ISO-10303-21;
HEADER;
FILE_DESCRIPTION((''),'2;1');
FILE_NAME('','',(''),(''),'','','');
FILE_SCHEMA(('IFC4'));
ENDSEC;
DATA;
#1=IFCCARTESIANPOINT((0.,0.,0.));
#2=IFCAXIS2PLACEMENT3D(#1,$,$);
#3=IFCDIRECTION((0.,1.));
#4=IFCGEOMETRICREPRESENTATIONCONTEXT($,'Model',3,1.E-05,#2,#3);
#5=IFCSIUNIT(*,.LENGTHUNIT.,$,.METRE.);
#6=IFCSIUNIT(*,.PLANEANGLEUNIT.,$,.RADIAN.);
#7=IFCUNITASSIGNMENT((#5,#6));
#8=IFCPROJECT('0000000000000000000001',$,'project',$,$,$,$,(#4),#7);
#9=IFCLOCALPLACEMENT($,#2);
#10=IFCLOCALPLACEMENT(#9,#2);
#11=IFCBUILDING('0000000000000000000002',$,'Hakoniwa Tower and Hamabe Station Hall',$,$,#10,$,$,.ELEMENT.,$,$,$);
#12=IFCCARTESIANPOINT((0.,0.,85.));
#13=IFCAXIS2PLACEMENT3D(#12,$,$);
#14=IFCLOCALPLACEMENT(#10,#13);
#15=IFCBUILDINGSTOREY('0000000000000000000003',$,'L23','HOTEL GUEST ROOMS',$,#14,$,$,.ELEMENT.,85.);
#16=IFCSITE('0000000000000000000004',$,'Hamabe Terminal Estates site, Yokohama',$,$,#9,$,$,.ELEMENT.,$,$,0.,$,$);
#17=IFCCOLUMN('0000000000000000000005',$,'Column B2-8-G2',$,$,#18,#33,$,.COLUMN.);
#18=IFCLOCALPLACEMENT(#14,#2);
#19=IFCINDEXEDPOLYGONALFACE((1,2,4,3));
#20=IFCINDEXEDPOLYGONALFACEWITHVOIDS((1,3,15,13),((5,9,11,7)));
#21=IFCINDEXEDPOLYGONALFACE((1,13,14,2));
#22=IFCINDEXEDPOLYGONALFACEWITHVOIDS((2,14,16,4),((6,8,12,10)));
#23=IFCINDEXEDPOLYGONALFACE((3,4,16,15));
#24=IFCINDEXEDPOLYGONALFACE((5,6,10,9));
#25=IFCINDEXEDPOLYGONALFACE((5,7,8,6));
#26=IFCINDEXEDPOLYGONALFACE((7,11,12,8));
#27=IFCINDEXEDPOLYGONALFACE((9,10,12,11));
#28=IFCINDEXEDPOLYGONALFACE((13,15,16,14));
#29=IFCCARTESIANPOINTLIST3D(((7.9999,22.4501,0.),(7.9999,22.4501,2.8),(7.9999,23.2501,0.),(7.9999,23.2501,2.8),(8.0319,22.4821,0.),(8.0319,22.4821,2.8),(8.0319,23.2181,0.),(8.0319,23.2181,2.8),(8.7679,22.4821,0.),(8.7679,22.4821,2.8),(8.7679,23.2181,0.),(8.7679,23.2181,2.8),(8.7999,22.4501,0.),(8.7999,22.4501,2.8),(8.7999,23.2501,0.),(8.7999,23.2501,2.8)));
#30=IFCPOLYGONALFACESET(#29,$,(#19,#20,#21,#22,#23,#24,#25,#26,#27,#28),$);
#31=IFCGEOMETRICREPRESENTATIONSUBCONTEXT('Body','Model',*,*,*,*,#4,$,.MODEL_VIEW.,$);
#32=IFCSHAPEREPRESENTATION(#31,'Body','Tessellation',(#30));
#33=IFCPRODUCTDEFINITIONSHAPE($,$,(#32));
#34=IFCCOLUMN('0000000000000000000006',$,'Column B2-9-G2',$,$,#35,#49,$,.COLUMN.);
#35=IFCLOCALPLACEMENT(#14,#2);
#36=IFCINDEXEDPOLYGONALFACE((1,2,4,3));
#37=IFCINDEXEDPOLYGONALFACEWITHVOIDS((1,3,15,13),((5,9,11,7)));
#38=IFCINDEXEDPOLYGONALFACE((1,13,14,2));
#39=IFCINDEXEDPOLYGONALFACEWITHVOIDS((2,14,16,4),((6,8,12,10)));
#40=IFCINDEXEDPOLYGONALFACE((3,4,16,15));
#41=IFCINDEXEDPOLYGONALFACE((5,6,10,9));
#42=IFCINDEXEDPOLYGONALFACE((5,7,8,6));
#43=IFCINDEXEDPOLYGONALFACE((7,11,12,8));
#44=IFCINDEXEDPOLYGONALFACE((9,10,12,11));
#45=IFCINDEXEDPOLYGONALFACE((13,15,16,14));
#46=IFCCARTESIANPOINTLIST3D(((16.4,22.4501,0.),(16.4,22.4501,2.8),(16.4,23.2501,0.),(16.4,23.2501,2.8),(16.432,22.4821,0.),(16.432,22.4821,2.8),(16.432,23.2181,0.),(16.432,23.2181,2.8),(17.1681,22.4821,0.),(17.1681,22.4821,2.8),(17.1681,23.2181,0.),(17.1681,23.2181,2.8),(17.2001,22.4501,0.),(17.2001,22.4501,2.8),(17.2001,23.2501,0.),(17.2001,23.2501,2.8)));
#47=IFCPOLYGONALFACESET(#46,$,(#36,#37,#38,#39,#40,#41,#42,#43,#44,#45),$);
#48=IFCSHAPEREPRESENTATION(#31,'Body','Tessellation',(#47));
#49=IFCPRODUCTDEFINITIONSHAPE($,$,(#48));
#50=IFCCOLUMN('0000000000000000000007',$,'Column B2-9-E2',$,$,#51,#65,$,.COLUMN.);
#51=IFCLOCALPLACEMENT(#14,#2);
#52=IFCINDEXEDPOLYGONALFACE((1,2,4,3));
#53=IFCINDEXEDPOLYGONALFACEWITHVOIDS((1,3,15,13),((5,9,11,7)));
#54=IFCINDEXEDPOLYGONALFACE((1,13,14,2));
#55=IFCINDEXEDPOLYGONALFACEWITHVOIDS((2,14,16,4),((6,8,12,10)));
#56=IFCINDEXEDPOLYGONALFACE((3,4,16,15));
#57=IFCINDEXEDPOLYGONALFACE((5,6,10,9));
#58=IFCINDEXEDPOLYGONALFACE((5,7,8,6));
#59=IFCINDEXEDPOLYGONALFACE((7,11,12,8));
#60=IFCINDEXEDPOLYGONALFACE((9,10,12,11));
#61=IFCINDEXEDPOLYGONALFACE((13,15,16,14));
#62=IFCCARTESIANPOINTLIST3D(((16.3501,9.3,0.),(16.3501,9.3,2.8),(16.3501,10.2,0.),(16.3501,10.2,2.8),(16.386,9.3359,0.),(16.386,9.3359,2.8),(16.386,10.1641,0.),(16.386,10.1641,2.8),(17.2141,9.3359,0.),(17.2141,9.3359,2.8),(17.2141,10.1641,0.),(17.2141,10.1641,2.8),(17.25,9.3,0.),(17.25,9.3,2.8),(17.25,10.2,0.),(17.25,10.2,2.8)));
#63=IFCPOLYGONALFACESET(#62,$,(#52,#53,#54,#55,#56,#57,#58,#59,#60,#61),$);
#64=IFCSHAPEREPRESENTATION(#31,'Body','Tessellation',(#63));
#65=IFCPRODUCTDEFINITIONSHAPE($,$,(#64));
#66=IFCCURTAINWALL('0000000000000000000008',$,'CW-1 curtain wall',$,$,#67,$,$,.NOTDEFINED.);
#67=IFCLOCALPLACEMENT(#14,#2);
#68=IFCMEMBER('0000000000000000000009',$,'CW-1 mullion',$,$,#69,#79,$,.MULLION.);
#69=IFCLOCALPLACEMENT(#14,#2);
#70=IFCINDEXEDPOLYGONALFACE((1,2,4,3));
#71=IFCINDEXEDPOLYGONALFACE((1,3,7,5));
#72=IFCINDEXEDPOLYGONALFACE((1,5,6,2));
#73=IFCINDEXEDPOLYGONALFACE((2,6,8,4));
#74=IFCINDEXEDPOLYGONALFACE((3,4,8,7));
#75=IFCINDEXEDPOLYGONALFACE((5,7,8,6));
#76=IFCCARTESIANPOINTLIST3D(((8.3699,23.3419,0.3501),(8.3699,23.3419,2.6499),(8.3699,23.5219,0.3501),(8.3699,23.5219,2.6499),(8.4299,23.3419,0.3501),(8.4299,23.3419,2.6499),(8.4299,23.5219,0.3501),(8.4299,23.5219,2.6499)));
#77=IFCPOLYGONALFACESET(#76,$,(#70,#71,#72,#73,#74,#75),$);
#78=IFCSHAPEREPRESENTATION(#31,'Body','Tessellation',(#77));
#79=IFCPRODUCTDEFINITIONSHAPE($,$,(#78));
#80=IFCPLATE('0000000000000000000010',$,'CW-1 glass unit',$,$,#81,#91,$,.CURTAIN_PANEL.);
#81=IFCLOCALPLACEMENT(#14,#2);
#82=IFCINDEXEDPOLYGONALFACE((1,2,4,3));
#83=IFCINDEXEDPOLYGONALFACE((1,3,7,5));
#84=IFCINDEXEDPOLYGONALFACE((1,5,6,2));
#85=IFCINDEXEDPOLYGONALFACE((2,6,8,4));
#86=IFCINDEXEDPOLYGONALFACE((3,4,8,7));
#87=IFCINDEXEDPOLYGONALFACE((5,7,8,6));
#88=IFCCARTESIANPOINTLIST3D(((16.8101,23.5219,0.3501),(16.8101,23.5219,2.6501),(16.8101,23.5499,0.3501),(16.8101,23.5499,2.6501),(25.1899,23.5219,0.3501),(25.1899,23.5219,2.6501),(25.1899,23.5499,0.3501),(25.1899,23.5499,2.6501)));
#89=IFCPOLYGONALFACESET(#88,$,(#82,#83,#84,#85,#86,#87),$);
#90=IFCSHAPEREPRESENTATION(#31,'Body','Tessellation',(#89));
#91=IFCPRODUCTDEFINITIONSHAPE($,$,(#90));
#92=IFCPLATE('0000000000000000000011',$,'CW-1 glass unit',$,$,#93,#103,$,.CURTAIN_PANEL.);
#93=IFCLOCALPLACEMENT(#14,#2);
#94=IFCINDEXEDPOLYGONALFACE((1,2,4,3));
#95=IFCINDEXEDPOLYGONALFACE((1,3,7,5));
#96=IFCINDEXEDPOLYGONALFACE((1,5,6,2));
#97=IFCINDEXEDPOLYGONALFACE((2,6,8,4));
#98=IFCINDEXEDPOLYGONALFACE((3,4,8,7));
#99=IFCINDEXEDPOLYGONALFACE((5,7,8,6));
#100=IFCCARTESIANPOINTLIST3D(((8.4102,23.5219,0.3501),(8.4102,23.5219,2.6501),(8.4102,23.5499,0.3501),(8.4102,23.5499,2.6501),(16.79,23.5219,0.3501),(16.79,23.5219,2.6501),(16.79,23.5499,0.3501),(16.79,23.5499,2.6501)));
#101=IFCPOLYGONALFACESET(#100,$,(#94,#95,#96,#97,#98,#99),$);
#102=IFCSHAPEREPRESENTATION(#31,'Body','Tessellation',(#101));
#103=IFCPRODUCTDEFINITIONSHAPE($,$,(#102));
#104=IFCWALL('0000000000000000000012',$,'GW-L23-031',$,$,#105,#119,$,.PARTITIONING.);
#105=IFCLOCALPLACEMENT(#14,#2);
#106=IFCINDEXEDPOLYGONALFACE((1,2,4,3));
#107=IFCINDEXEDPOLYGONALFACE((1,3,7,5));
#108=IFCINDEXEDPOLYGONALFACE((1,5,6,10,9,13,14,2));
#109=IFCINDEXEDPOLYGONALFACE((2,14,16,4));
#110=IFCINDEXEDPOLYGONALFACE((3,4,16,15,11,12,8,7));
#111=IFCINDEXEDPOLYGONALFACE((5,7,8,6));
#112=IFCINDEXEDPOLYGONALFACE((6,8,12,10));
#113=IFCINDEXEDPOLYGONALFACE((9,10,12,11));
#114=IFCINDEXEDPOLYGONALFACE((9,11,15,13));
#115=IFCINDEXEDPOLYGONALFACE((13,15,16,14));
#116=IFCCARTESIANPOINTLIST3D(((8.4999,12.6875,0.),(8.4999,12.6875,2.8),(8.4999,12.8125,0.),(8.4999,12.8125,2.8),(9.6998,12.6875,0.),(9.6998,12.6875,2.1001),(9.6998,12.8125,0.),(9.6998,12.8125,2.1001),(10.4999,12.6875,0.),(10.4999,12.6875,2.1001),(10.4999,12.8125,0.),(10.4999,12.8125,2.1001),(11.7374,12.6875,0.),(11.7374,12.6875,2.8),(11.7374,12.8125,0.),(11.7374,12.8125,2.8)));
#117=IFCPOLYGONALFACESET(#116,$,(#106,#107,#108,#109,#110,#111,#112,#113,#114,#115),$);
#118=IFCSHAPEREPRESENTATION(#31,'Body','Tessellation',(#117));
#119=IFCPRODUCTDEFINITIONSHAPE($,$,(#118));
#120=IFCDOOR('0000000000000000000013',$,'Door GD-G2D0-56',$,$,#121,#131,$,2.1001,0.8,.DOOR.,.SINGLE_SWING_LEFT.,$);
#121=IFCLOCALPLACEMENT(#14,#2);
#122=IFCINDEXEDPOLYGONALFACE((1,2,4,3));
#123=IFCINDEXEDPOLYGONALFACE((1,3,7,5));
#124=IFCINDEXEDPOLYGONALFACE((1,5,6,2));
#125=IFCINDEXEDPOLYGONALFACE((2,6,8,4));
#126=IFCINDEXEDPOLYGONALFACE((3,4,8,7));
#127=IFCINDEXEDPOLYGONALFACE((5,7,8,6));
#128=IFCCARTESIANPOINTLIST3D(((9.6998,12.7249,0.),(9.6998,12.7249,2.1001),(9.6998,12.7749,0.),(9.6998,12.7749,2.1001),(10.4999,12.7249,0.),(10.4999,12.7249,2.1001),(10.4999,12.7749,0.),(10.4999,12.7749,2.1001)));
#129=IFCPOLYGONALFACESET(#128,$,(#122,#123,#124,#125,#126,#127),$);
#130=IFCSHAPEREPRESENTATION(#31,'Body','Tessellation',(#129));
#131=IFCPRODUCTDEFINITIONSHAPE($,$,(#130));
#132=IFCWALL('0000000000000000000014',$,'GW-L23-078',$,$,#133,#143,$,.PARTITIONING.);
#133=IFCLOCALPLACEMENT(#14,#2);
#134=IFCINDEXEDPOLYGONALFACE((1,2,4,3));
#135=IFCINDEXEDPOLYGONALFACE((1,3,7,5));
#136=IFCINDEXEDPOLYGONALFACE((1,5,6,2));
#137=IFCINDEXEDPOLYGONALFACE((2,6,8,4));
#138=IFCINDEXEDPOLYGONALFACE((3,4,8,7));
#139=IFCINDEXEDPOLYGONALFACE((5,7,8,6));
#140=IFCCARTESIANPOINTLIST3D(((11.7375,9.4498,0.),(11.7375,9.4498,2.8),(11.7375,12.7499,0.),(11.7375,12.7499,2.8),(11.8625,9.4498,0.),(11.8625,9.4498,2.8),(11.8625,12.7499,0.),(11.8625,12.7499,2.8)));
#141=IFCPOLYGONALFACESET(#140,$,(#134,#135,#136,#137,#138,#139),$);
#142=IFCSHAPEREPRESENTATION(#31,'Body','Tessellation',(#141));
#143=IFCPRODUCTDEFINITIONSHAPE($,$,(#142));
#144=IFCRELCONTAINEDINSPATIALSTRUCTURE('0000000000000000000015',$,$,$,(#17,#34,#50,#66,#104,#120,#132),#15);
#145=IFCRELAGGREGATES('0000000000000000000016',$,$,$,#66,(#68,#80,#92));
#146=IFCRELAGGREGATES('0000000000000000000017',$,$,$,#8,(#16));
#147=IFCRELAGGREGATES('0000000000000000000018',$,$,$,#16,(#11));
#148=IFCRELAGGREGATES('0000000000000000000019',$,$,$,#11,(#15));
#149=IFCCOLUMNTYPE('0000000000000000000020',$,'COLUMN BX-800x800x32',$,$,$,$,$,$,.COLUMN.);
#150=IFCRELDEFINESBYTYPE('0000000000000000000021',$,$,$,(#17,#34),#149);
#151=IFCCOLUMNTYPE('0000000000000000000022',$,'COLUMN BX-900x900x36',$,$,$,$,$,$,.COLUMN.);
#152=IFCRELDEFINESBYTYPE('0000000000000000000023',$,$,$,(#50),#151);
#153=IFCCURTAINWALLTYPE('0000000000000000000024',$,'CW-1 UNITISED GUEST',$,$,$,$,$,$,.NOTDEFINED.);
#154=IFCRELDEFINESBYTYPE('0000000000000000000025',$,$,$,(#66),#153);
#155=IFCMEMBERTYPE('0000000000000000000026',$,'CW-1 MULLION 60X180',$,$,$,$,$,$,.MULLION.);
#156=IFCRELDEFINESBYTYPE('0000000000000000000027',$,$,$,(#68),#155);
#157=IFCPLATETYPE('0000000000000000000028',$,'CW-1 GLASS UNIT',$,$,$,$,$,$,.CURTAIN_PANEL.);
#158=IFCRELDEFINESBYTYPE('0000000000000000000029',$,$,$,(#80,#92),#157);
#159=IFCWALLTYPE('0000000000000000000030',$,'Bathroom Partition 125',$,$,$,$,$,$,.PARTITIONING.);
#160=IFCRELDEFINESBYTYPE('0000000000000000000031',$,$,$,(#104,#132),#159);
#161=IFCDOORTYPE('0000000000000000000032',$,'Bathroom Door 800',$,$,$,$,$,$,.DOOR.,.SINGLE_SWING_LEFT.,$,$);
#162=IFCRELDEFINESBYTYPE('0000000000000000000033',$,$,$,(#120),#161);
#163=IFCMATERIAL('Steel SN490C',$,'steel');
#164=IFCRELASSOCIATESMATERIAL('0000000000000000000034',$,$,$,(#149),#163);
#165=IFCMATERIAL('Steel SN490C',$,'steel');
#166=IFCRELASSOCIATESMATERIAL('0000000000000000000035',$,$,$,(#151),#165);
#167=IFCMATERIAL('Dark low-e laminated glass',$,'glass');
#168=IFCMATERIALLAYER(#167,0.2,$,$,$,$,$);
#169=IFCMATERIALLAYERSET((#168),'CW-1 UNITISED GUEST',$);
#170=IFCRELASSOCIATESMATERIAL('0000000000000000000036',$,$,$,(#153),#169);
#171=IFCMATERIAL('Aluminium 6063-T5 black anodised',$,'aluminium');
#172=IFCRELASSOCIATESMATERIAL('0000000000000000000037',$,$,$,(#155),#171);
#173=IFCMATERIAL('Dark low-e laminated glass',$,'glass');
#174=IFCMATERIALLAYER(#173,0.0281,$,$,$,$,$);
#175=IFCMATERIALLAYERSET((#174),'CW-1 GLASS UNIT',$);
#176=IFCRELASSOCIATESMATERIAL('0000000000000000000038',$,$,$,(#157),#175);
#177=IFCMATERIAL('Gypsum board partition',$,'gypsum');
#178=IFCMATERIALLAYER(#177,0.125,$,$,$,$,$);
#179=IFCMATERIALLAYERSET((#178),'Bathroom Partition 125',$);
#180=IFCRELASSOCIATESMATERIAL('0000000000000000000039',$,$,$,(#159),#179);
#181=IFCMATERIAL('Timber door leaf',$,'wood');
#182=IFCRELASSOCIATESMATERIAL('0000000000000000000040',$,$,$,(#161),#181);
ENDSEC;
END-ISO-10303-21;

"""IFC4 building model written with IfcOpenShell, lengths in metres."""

from ifc_helpers import new_model, si_unit, direction, frame, frame_2d, origin, origin_2d, place, context, subcontext, project, spatial, rectangle, hollow_rectangle, extrude, material, layer, layer_set, material_profile, profile_set, type_object, element, fill, aggregate, save


model = new_model("IFC4")

# Units and contexts
model_context = context("Model", 3, precision=1e-05, world=origin(), true_north=direction((0.0, 1.0)))
body_context = subcontext(model_context, "Body", "Model", "MODEL_VIEW")
ifc_project = project(units=[si_unit("LENGTHUNIT", "METRE"), si_unit("PLANEANGLEUNIT", "RADIAN")], contexts=[model_context])

# Site, building, storey
site_placement = place(None, origin())
site = spatial("IfcSite", under=ifc_project, at=site_placement, Name="Hamabe Terminal Estates site, Yokohama", CompositionType="ELEMENT", RefElevation=0.0)
building_placement = place(site_placement, origin())
building = spatial("IfcBuilding", under=site, at=building_placement, Name="Hakoniwa Tower and Hamabe Station Hall", CompositionType="ELEMENT")
storey_placement = place(building_placement, frame((0.0, 0.0, 85.0)))
storey = spatial("IfcBuildingStorey", under=building, at=storey_placement, Name="L23", Description="HOTEL GUEST ROOMS", CompositionType="ELEMENT", Elevation=85.0)

# Columns
ifc_material_1 = material(Name="Steel SN490C", Category="steel")
ifc_material_profile_1 = material_profile(ifc_material_1, hollow_rectangle(XDim=0.8, YDim=0.8, WallThickness=0.032, at=origin_2d()), Name="BX-800x800x32")
ifc_profile_set_1 = profile_set([ifc_material_profile_1], Name="Steel SN490C")
column_type_1 = type_object("IfcColumnType", Name="COLUMN BX-800x800x32", PredefinedType="COLUMN", material=ifc_profile_set_1)
for number, where, z_axis, x_axis, name in (
    (1, (8.3999, 22.8501, 0.0), (0.0, 0.0, 1.0), (1.0, 0.0, 0.0), "Column B2-8-G2"),
    (2, (16.8, 22.8501, 0.0), (0.0, 0.0, 1.0), (1.0, 0.0, 0.0), "Column B2-9-G2"),
):
    element("IfcColumn", number, at=place(storey_placement, frame(where, z_axis=z_axis, x_axis=x_axis)), inside=storey, type_object=column_type_1, Name=name, PredefinedType="COLUMN", context=body_context, shape_type="SweptSolid", body=[
        extrude(hollow_rectangle(XDim=0.8, YDim=0.8, WallThickness=0.032, at=origin_2d()), origin(), (0.0, 0.0, 1.0), 2.8),
    ])
ifc_material_2 = material(Name="Steel SN490C", Category="steel")
ifc_material_profile_2 = material_profile(ifc_material_2, hollow_rectangle(XDim=0.8999, YDim=0.8999, WallThickness=0.0359, at=origin_2d()), Name="BX-900x900x36")
ifc_profile_set_2 = profile_set([ifc_material_profile_2], Name="Steel SN490C")
column_type_2 = type_object("IfcColumnType", Name="COLUMN BX-900x900x36", PredefinedType="COLUMN", material=ifc_profile_set_2)
column_placement = place(storey_placement, frame((16.8, 9.75, 0.0), z_axis=(0.0, 0.0, 1.0), x_axis=(1.0, 0.0, 0.0)))
element("IfcColumn", 3, at=column_placement, inside=storey, type_object=column_type_2, Name="Column B2-9-E2", PredefinedType="COLUMN", context=body_context, shape_type="SweptSolid", body=[
    extrude(hollow_rectangle(XDim=0.8999, YDim=0.8999, WallThickness=0.0359, at=origin_2d()), origin(), (0.0, 0.0, 1.0), 2.8),
])

# Curtain wall, member, plates
ifc_material_3 = material(Name="Dark low-e laminated glass", Category="glass")
ifc_layer_1 = layer(ifc_material_3, 0.2)
ifc_layer_set_1 = layer_set([ifc_layer_1], Name="CW-1 UNITISED GUEST")
curtain_wall_type = type_object("IfcCurtainWallType", Name="CW-1 UNITISED GUEST", PredefinedType="NOTDEFINED", material=ifc_layer_set_1)
curtain_wall_placement = place(storey_placement, origin())
curtain_wall = element("IfcCurtainWall", 4, at=curtain_wall_placement, inside=storey, type_object=curtain_wall_type, Name="CW-1 curtain wall", PredefinedType="NOTDEFINED")
ifc_material_4 = material(Name="Aluminium 6063-T5 black anodised", Category="aluminium")
ifc_material_profile_3 = material_profile(ifc_material_4, rectangle(XDim=0.0601, YDim=0.1799, at=origin_2d()), Name="CW-1 MULLION 60X180")
ifc_profile_set_3 = profile_set([ifc_material_profile_3], Name="Aluminium 6063-T5 black anodised")
member_type = type_object("IfcMemberType", Name="CW-1 MULLION 60X180", PredefinedType="MULLION", material=ifc_profile_set_3)
member_placement = place(storey_placement, frame((8.3999, 23.4319, 0.3501), z_axis=(0.0, 0.0, 1.0), x_axis=(-1.0, 0.0, 0.0)))
member = element("IfcMember", 5, at=member_placement, type_object=member_type, Name="CW-1 mullion", PredefinedType="MULLION", context=body_context, shape_type="SweptSolid", body=[
    extrude(rectangle(XDim=0.0601, YDim=0.1799, at=origin_2d()), origin(), (0.0, 0.0, 1.0), 2.2998),
])
ifc_material_5 = material(Name="Dark low-e laminated glass", Category="glass")
ifc_layer_2 = layer(ifc_material_5, 0.0281)
ifc_layer_set_2 = layer_set([ifc_layer_2], Name="CW-1 GLASS UNIT")
plate_type = type_object("IfcPlateType", Name="CW-1 GLASS UNIT", PredefinedType="CURTAIN_PANEL", material=ifc_layer_set_2)
plate_1_placement = place(storey_placement, frame((21.0, 23.5359, 0.3501), z_axis=(0.0, 0.0, 1.0), x_axis=(-1.0, 0.0, 0.0)))
plate_1 = element("IfcPlate", 6, at=plate_1_placement, type_object=plate_type, Name="CW-1 glass unit", PredefinedType="CURTAIN_PANEL", context=body_context, shape_type="SweptSolid", body=[
    extrude(rectangle(XDim=8.3799, YDim=0.0281, at=origin_2d()), origin(), (0.0, 0.0, 1.0), 2.3),
])
plate_2_placement = place(storey_placement, frame((12.6001, 23.5359, 0.3501), z_axis=(0.0, 0.0, 1.0), x_axis=(-1.0, 0.0, 0.0)))
plate_2 = element("IfcPlate", 7, at=plate_2_placement, type_object=plate_type, Name="CW-1 glass unit", PredefinedType="CURTAIN_PANEL", context=body_context, shape_type="SweptSolid", body=[
    extrude(rectangle(XDim=8.3799, YDim=0.0281, at=origin_2d()), origin(), (0.0, 0.0, 1.0), 2.3),
])
aggregate(curtain_wall, [member, plate_1, plate_2])

# Wall, opening, door
ifc_material_6 = material(Name="Gypsum board partition", Category="gypsum")
ifc_layer_3 = layer(ifc_material_6, 0.125)
ifc_layer_set_3 = layer_set([ifc_layer_3], Name="Bathroom Partition 125")
wall_type_1 = type_object("IfcWallType", Name="Bathroom Partition 125", PredefinedType="PARTITIONING", material=ifc_layer_set_3)
wall_1_placement = place(storey_placement, frame((8.5, 12.75, 0.0), z_axis=(0.0, 0.0, 1.0), x_axis=(1.0, 0.0, 0.0)))
wall_1 = element("IfcWall", 8, at=wall_1_placement, inside=storey, type_object=wall_type_1, Name="GW-L23-031", PredefinedType="PARTITIONING", context=body_context, shape_type="SweptSolid", body=[
    extrude(rectangle(XDim=3.2375, YDim=0.125, at=frame_2d((1.6187, 0.0))), origin(), (0.0, 0.0, 1.0), 2.8),
])
opening_1_placement = place(wall_1_placement, frame((1.2, 0.0, 0.0)))
opening_1 = element("IfcOpeningElement", 9, at=opening_1_placement, cuts=wall_1, PredefinedType="OPENING", context=body_context, shape_type="SweptSolid", body=[
    extrude(rectangle(XDim=0.8, YDim=2.1001, at=frame_2d((0.3999, 1.05))), frame((0.0, 0.0725, 0.0), z_axis=(0.0, -1.0, 0.0), x_axis=(1.0, 0.0, 0.0)), (0.0, 0.0, 1.0), 0.145),
])
ifc_material_7 = material(Name="Timber door leaf", Category="wood")
door_type_1 = type_object("IfcDoorType", Name="Bathroom Door 800", OperationType="SINGLE_SWING_LEFT", PredefinedType="DOOR", material=ifc_material_7)
door_1_placement = place(opening_1_placement, origin())
door_1 = element("IfcDoor", 10, at=door_1_placement, inside=storey, type_object=door_type_1, Name="Door GD-G2D0-56", OperationType="SINGLE_SWING_LEFT", OverallHeight=2.1001, OverallWidth=0.8, PredefinedType="DOOR", context=body_context, shape_type="SweptSolid", body=[
    extrude(rectangle(XDim=0.8, YDim=2.1001, at=frame_2d((0.3999, 1.05))), frame((0.0, 0.0249, 0.0), z_axis=(0.0, -1.0, 0.0), x_axis=(1.0, 0.0, 0.0)), (0.0, 0.0, 1.0), 0.05),
])
fill(opening_1, door_1)

# Wall
wall_2_placement = place(storey_placement, frame((11.8, 9.45, 0.0), z_axis=(0.0, 0.0, 1.0), x_axis=(0.0, 1.0, 0.0)))
element("IfcWall", 11, at=wall_2_placement, inside=storey, type_object=wall_type_1, Name="GW-L23-078", PredefinedType="PARTITIONING", context=body_context, shape_type="SweptSolid", body=[
    extrude(rectangle(XDim=3.3, YDim=0.125, at=frame_2d((1.6499, 0.0))), origin(), (0.0, 0.0, 1.0), 2.8),
])

save(model, "model.ifc")
